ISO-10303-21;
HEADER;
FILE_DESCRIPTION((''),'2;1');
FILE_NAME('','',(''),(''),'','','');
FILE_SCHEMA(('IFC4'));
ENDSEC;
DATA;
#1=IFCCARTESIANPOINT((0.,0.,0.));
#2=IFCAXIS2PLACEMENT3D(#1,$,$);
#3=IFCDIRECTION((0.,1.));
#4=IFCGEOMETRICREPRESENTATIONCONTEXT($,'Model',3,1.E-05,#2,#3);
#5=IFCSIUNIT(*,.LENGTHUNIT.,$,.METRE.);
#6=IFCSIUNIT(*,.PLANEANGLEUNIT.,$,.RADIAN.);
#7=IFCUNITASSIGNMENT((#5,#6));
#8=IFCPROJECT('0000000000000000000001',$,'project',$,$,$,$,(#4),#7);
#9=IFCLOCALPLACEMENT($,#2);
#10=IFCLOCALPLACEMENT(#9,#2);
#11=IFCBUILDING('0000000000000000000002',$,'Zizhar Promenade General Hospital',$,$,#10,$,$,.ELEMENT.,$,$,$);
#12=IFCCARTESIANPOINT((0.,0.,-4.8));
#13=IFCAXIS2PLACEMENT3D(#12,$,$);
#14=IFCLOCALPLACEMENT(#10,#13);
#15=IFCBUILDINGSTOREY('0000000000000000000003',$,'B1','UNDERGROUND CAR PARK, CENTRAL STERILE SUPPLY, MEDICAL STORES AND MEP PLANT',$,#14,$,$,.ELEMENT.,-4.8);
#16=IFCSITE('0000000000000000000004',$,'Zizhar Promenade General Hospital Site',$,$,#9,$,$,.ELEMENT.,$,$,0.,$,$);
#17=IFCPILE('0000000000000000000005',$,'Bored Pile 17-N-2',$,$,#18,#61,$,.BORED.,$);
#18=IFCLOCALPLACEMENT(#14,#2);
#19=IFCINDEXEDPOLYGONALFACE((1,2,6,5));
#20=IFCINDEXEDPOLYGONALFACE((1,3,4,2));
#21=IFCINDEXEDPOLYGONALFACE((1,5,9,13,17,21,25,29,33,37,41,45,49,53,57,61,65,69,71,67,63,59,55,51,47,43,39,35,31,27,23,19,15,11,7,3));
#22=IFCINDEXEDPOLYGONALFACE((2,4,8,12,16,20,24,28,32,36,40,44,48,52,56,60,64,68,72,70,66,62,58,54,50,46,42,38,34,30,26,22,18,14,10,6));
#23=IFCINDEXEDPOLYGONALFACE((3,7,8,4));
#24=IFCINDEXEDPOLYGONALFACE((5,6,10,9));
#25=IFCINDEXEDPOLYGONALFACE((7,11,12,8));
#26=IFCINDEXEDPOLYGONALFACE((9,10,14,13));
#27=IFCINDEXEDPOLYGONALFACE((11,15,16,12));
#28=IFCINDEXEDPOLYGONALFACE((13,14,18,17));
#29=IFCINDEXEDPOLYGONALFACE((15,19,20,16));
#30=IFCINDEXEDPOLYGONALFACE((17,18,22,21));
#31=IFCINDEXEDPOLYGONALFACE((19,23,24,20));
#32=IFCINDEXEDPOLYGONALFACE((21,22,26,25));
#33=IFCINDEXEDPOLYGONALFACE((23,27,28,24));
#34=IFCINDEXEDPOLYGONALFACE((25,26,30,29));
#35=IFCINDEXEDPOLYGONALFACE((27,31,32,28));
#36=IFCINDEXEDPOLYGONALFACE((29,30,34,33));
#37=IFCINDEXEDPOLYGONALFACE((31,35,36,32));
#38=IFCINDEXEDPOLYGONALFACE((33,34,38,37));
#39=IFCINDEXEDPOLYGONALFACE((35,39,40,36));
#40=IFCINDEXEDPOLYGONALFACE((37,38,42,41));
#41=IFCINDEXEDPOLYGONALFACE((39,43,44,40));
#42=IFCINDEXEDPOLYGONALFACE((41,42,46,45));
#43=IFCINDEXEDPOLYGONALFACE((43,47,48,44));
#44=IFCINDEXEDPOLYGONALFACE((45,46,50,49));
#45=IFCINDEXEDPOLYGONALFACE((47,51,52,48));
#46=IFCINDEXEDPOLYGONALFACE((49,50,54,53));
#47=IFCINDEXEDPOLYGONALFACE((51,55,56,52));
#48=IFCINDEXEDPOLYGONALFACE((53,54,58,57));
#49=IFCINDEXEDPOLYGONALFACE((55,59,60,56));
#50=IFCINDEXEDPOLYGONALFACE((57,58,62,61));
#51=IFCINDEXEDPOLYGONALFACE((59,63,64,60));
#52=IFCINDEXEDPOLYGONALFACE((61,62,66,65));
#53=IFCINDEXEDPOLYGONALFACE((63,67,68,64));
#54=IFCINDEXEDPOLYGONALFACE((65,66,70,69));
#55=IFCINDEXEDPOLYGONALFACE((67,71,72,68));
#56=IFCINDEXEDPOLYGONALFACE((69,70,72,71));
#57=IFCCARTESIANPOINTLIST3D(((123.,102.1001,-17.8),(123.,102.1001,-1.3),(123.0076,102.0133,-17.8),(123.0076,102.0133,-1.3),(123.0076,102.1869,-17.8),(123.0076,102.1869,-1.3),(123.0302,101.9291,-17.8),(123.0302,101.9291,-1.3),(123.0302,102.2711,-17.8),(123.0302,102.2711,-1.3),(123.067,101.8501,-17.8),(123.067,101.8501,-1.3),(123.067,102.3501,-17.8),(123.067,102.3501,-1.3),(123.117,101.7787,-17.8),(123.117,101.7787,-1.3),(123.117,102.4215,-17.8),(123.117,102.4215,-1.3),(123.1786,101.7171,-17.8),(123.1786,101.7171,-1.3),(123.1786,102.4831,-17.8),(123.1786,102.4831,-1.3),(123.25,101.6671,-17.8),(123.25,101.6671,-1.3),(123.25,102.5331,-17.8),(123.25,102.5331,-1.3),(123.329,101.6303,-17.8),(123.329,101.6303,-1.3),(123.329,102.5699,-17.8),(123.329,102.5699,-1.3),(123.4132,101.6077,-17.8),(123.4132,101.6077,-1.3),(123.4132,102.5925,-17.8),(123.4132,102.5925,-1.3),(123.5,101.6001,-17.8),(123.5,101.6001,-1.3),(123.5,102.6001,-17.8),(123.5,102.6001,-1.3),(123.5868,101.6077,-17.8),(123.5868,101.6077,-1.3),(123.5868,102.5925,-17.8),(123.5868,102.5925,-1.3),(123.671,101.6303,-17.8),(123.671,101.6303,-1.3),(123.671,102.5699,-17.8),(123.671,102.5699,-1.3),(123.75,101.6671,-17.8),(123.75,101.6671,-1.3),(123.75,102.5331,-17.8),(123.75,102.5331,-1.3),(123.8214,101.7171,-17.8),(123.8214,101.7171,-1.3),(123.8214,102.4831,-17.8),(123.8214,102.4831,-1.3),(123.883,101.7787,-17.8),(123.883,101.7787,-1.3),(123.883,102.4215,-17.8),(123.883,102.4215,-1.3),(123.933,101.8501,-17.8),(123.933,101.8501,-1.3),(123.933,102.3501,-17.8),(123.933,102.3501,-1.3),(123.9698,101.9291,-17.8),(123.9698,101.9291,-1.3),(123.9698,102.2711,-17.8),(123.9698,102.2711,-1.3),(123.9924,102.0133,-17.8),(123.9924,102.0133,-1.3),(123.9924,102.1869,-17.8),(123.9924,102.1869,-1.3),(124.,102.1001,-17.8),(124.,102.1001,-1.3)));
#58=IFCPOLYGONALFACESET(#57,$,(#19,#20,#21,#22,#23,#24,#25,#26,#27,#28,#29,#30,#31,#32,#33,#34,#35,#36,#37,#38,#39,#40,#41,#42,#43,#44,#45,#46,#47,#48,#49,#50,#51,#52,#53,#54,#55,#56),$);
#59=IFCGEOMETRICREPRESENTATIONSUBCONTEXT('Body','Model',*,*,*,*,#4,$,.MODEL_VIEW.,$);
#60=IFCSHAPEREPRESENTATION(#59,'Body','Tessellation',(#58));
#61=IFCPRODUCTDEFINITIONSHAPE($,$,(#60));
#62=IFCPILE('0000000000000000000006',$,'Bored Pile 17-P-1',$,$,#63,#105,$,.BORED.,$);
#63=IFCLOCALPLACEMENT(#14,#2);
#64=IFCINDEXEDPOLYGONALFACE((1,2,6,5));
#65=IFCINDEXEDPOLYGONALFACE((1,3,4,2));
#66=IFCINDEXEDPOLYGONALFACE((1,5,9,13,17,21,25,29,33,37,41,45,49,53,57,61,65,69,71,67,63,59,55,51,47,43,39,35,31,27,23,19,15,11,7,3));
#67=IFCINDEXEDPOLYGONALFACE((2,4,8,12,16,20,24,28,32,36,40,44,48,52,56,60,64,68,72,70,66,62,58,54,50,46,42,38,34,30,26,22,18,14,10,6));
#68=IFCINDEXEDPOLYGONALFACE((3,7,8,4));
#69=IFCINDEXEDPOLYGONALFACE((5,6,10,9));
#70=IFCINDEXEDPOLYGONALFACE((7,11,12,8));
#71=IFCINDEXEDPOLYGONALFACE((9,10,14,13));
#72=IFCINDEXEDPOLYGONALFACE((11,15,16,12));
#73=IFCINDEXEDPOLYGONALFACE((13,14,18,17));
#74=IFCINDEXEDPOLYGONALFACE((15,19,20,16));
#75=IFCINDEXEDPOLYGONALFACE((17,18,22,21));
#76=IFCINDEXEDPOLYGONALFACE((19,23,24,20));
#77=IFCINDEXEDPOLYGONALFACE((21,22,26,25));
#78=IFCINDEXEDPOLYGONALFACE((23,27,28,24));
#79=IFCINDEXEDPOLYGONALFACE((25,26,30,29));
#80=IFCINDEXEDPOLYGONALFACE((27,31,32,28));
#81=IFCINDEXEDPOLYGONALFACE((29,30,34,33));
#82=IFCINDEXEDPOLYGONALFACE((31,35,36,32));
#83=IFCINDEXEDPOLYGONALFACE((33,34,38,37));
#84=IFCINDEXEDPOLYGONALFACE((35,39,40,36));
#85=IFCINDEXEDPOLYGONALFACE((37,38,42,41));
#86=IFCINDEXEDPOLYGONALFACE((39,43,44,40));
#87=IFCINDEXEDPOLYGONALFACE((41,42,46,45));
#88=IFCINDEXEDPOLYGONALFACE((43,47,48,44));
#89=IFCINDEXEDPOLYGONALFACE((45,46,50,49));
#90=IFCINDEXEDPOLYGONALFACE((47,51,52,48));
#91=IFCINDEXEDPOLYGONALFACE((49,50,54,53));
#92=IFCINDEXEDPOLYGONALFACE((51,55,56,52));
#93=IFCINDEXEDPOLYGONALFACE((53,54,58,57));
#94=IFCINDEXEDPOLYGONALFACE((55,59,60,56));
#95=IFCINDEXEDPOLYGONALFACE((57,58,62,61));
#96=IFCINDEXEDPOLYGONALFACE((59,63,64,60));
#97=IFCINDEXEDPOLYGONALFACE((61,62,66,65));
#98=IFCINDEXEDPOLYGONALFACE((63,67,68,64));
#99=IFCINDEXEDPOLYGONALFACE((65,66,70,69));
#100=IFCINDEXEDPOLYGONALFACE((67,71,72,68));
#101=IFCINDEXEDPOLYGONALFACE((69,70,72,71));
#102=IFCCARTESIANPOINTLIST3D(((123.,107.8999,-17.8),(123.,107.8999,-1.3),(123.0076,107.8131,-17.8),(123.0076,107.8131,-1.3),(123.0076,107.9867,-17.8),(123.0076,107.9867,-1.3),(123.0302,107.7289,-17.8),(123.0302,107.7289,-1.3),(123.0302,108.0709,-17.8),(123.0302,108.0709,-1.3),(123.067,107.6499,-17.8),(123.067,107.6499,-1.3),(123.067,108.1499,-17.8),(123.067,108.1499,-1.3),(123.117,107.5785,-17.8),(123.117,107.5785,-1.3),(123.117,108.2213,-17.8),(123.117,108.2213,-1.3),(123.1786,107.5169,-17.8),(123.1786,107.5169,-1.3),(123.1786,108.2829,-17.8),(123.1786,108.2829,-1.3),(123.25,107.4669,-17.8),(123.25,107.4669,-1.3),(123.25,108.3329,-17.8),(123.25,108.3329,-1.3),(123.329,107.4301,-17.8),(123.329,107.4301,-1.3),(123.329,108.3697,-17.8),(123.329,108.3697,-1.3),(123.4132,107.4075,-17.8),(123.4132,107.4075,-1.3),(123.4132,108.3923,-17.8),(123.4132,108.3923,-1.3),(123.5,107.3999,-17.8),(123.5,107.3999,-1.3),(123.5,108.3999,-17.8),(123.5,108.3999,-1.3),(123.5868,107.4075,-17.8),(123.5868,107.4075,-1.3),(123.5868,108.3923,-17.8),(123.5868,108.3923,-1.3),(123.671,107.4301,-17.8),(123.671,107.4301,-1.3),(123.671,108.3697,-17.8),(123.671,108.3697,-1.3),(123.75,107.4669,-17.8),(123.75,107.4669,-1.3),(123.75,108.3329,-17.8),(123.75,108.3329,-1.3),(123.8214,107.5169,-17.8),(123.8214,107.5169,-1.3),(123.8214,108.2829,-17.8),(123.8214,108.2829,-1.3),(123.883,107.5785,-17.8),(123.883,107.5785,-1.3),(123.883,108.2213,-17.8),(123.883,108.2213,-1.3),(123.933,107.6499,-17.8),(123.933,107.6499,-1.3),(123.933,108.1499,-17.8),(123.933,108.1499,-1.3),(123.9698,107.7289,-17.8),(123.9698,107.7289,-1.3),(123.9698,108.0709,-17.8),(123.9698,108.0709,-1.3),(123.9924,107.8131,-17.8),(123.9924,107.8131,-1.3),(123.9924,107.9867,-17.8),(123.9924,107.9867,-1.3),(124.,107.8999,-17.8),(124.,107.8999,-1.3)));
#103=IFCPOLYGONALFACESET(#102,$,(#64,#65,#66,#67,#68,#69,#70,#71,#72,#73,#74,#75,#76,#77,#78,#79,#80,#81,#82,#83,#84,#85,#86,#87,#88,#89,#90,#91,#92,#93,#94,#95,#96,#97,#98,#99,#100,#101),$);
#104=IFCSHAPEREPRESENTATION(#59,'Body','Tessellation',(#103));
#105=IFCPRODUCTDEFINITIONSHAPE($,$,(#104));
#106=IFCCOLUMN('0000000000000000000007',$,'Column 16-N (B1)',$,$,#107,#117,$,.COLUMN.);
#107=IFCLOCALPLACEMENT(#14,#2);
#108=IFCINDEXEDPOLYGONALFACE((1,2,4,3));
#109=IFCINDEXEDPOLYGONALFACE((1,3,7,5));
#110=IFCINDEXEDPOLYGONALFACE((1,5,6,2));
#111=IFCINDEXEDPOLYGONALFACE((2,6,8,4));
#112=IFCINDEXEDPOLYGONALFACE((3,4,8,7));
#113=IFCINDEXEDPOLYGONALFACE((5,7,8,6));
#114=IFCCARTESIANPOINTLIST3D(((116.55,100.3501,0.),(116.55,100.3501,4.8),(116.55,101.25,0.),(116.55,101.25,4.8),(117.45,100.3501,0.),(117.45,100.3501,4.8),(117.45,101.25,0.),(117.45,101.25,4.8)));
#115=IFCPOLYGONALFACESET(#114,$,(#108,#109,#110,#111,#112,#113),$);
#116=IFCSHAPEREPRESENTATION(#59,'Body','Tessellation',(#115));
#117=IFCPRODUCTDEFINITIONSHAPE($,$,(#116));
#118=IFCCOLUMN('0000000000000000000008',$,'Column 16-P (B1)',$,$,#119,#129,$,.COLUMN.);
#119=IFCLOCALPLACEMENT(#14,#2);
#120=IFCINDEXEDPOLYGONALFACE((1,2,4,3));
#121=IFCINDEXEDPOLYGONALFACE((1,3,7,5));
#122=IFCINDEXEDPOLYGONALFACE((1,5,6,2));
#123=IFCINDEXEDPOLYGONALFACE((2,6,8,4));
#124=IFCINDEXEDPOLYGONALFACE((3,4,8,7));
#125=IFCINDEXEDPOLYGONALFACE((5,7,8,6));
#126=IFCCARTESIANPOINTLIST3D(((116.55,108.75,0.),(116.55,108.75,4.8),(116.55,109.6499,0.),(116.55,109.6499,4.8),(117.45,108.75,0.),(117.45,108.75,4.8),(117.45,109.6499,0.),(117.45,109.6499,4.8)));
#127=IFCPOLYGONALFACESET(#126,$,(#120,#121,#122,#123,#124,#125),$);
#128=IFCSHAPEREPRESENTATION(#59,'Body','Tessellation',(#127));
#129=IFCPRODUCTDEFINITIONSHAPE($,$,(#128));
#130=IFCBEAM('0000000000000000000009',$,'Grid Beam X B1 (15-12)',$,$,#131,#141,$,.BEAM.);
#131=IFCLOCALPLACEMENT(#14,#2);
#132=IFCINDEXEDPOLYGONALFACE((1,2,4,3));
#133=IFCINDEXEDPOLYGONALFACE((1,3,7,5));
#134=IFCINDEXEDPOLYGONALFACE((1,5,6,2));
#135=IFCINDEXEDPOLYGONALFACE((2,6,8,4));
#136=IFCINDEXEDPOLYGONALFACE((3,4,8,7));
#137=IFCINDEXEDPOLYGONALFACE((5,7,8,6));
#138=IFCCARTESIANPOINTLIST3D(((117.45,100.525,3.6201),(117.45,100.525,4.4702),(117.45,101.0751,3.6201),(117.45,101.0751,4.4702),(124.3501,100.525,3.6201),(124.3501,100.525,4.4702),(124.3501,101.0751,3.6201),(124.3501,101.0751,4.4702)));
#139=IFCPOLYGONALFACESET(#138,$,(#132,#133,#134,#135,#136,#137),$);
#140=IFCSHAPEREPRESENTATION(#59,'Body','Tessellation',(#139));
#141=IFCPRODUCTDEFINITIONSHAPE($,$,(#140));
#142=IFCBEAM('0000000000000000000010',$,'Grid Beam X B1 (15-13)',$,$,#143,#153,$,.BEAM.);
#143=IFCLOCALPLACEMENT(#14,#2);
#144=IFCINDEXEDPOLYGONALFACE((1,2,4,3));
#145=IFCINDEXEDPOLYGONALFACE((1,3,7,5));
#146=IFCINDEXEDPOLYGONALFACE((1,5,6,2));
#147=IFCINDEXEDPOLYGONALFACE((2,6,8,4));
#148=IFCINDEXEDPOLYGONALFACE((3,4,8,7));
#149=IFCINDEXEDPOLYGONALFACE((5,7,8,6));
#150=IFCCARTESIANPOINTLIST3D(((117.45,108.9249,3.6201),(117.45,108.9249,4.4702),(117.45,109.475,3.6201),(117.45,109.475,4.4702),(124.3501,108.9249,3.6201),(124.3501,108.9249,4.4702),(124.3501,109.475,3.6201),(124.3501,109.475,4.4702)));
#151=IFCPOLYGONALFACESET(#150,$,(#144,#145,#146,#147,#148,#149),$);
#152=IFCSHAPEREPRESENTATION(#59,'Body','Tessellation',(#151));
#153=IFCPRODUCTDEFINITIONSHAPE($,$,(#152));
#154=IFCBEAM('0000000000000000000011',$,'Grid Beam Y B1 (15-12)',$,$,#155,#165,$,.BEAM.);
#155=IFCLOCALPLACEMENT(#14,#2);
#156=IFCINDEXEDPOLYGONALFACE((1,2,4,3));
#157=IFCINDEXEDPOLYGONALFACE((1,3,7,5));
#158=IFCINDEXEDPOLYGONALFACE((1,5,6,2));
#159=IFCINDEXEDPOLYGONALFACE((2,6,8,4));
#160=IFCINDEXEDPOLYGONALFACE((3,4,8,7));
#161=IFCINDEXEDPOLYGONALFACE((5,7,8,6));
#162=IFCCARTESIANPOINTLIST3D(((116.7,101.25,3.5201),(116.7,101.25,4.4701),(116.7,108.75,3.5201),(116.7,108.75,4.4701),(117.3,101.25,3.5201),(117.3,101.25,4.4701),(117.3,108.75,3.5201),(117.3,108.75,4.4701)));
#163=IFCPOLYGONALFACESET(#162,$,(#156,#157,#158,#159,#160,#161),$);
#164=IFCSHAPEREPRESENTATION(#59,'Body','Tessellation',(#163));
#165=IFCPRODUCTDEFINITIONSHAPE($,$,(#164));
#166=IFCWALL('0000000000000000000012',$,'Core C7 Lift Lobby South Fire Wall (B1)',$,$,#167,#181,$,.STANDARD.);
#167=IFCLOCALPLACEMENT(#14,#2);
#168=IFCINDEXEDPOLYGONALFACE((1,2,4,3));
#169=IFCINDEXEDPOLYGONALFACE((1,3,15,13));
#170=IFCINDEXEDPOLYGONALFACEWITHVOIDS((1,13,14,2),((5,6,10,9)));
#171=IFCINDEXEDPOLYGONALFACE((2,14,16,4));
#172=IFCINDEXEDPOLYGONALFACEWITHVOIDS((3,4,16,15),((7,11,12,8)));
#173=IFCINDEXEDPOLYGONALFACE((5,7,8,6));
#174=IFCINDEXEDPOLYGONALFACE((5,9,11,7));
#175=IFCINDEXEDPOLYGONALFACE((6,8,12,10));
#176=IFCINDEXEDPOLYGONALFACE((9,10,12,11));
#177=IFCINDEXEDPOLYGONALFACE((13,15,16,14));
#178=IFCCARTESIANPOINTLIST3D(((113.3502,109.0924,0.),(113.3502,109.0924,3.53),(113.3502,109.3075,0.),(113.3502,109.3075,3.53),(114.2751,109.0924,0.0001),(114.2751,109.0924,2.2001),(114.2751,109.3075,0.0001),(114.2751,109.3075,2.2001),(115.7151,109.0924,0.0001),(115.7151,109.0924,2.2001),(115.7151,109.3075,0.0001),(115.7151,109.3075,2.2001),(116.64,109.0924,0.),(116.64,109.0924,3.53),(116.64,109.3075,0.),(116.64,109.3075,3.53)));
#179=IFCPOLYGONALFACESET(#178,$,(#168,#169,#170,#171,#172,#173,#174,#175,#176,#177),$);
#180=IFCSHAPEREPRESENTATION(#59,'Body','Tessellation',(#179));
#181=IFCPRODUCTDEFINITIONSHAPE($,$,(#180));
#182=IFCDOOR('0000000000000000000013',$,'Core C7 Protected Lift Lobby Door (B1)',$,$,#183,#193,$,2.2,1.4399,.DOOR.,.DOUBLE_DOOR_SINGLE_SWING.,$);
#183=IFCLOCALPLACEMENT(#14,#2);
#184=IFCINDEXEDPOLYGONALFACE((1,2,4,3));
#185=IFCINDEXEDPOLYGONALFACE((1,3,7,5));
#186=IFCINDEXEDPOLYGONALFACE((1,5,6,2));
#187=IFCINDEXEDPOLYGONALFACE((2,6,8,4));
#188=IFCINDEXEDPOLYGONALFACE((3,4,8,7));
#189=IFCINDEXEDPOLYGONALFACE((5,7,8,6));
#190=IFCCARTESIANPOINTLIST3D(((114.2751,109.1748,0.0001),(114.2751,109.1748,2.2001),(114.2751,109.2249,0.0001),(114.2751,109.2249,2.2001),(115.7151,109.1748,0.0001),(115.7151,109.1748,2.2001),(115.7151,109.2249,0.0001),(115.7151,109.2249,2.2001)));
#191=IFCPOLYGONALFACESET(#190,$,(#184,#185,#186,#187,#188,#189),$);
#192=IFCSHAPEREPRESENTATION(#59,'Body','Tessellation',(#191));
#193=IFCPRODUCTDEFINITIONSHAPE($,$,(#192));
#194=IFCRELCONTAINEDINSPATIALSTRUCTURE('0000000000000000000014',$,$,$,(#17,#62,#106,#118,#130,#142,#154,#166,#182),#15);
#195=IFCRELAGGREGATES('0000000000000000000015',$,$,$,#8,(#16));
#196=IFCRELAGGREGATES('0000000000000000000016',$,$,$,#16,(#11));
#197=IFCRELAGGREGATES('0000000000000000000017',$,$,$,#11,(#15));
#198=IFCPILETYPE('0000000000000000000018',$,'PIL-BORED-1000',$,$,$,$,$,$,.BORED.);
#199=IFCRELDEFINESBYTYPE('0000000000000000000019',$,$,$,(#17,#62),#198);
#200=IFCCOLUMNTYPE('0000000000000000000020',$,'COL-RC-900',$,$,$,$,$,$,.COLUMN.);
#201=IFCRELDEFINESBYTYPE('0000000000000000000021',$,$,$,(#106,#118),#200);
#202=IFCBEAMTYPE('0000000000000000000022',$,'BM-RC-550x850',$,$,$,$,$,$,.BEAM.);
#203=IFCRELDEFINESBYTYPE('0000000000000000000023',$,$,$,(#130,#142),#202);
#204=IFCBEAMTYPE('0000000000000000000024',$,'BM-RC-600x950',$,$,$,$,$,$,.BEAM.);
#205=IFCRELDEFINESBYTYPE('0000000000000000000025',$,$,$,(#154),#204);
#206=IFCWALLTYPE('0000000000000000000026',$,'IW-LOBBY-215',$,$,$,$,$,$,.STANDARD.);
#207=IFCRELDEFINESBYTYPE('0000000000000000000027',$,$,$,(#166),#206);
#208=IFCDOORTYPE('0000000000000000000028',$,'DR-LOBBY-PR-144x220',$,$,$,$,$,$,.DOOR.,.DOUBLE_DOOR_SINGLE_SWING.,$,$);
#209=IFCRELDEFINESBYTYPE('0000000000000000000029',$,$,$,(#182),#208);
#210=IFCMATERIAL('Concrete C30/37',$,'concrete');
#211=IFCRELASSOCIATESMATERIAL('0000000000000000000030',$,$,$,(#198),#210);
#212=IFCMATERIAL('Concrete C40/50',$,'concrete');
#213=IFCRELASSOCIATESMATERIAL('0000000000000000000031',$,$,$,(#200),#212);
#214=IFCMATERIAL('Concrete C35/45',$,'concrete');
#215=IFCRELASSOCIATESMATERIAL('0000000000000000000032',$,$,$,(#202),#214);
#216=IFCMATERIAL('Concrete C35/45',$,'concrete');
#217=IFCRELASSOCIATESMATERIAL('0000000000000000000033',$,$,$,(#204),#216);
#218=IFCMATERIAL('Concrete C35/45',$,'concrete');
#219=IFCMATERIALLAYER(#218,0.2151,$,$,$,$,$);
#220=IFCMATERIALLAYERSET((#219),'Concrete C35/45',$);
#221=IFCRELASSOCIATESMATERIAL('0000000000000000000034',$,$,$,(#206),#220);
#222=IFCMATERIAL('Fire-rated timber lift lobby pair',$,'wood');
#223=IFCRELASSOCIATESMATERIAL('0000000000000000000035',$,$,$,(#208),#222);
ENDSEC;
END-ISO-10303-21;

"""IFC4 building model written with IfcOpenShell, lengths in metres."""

from ifc_helpers import new_model, si_unit, direction, frame, frame_2d, origin, origin_2d, place, context, subcontext, project, spatial, rectangle, circle, extrude, material, layer, layer_set, material_profile, profile_set, type_object, element, fill, save


model = new_model("IFC4")

# Units and contexts
model_context = context("Model", 3, precision=1e-05, world=origin(), true_north=direction((0.0, 1.0)))
body_context = subcontext(model_context, "Body", "Model", "MODEL_VIEW")
ifc_project = project(units=[si_unit("LENGTHUNIT", "METRE"), si_unit("PLANEANGLEUNIT", "RADIAN")], contexts=[model_context])

# Site, building, storey
site_placement = place(None, origin())
site = spatial("IfcSite", under=ifc_project, at=site_placement, Name="Zizhar Promenade General Hospital Site", CompositionType="ELEMENT", RefElevation=0.0)
building_placement = place(site_placement, origin())
building = spatial("IfcBuilding", under=site, at=building_placement, Name="Zizhar Promenade General Hospital", CompositionType="ELEMENT")
storey_placement = place(building_placement, frame((0.0, 0.0, -4.8)))
storey = spatial("IfcBuildingStorey", under=building, at=storey_placement, Name="B1", Description="UNDERGROUND CAR PARK, CENTRAL STERILE SUPPLY, MEDICAL STORES AND MEP PLANT", CompositionType="ELEMENT", Elevation=-4.8)

# Piles
ifc_material_1 = material(Name="Concrete C30/37", Category="concrete")
ifc_material_profile_1 = material_profile(ifc_material_1, circle(Radius=0.5, at=origin_2d()))
ifc_profile_set_1 = profile_set([ifc_material_profile_1], Name="Concrete C30/37")
pile_type = type_object("IfcPileType", Name="PIL-BORED-1000", PredefinedType="BORED", material=ifc_profile_set_1)
for number, where, z_axis, x_axis, name in (
    (1, (123.5, 102.1001, -1.3), (0.0, 0.0, -1.0), (1.0, 0.0, 0.0), "Bored Pile 17-N-2"),
    (2, (123.5, 107.8999, -1.3), (0.0, 0.0, -1.0), (1.0, 0.0, 0.0), "Bored Pile 17-P-1"),
):
    element("IfcPile", number, at=place(storey_placement, frame(where, z_axis=z_axis, x_axis=x_axis)), inside=storey, type_object=pile_type, Name=name, PredefinedType="BORED", context=body_context, shape_type="SweptSolid", body=[
        extrude(circle(Radius=0.5, at=origin_2d()), origin(), (0.0, 0.0, 1.0), 16.5),
    ])

# Columns
ifc_material_2 = material(Name="Concrete C40/50", Category="concrete")
ifc_material_profile_2 = material_profile(ifc_material_2, rectangle(XDim=0.8999, YDim=0.8999, at=origin_2d()))
ifc_profile_set_2 = profile_set([ifc_material_profile_2], Name="Concrete C40/50")
column_type = type_object("IfcColumnType", Name="COL-RC-900", PredefinedType="COLUMN", material=ifc_profile_set_2)
for number, where, z_axis, x_axis, name in (
    (3, (117.0, 100.8, 0.0), (0.0, 0.0, 1.0), (1.0, 0.0, 0.0), "Column 16-N (B1)"),
    (4, (117.0, 109.2, 0.0), (0.0, 0.0, 1.0), (1.0, 0.0, 0.0), "Column 16-P (B1)"),
):
    element("IfcColumn", number, at=place(storey_placement, frame(where, z_axis=z_axis, x_axis=x_axis)), inside=storey, type_object=column_type, Name=name, PredefinedType="COLUMN", context=body_context, shape_type="SweptSolid", body=[
        extrude(rectangle(XDim=0.8999, YDim=0.8999, at=origin_2d()), origin(), (0.0, 0.0, 1.0), 4.8),
    ])

# Beams
ifc_material_3 = material(Name="Concrete C35/45", Category="concrete")
ifc_material_profile_3 = material_profile(ifc_material_3, rectangle(XDim=0.55, YDim=0.8501, at=origin_2d()))
ifc_profile_set_3 = profile_set([ifc_material_profile_3], Name="Concrete C35/45")
beam_type_1 = type_object("IfcBeamType", Name="BM-RC-550x850", PredefinedType="BEAM", material=ifc_profile_set_3)
for number, where, z_axis, x_axis, name in (
    (5, (117.45, 100.8, 4.0452), (1.0, 0.0, 0.0), (0.0, 1.0, 0.0), "Grid Beam X B1 (15-12)"),
    (6, (117.45, 109.2, 4.0452), (1.0, 0.0, 0.0), (0.0, 1.0, 0.0), "Grid Beam X B1 (15-13)"),
):
    element("IfcBeam", number, at=place(storey_placement, frame(where, z_axis=z_axis, x_axis=x_axis)), inside=storey, type_object=beam_type_1, Name=name, PredefinedType="BEAM", context=body_context, shape_type="SweptSolid", body=[
        extrude(rectangle(XDim=0.55, YDim=0.8501, at=origin_2d()), origin(), (0.0, 0.0, 1.0), 6.9001),
    ])
ifc_material_4 = material(Name="Concrete C35/45", Category="concrete")
ifc_material_profile_4 = material_profile(ifc_material_4, rectangle(XDim=0.6001, YDim=0.95, at=origin_2d()))
ifc_profile_set_4 = profile_set([ifc_material_profile_4], Name="Concrete C35/45")
beam_type_2 = type_object("IfcBeamType", Name="BM-RC-600x950", PredefinedType="BEAM", material=ifc_profile_set_4)
beam_placement = place(storey_placement, frame((117.0, 101.25, 3.9951), z_axis=(0.0, 1.0, 0.0), x_axis=(-1.0, 0.0, 0.0)))
element("IfcBeam", 7, at=beam_placement, inside=storey, type_object=beam_type_2, Name="Grid Beam Y B1 (15-12)", PredefinedType="BEAM", context=body_context, shape_type="SweptSolid", body=[
    extrude(rectangle(XDim=0.6001, YDim=0.95, at=origin_2d()), origin(), (0.0, 0.0, 1.0), 7.5),
])

# Wall, opening, door
ifc_material_5 = material(Name="Concrete C35/45", Category="concrete")
ifc_layer_1 = layer(ifc_material_5, 0.2151)
ifc_layer_set_1 = layer_set([ifc_layer_1], Name="Concrete C35/45")
wall_type_1 = type_object("IfcWallType", Name="IW-LOBBY-215", PredefinedType="STANDARD", material=ifc_layer_set_1)
wall_1_placement = place(storey_placement, frame((113.3501, 109.2, 0.0), z_axis=(0.0, 0.0, 1.0), x_axis=(1.0, 0.0, 0.0)))
wall_1 = element("IfcWall", 8, at=wall_1_placement, inside=storey, type_object=wall_type_1, Name="Core C7 Lift Lobby South Fire Wall (B1)", PredefinedType="STANDARD", context=body_context, shape_type="SweptSolid", body=[
    extrude(rectangle(XDim=3.2898, YDim=0.2151, at=frame_2d((1.645, 0.0))), origin(), (0.0, 0.0, 1.0), 3.53),
])
opening_placement = place(wall_1_placement, frame((0.925, 0.0, 0.0)))
opening = element("IfcOpeningElement", 9, at=opening_placement, cuts=wall_1, PredefinedType="OPENING", context=body_context, shape_type="SweptSolid", body=[
    extrude(rectangle(XDim=1.4399, YDim=2.2, at=frame_2d((0.72, 1.1001))), frame((0.0, 0.1177, 0.0), z_axis=(0.0, -1.0, 0.0), x_axis=(1.0, 0.0, 0.0)), (0.0, 0.0, 1.0), 0.2351),
])
ifc_material_6 = material(Name="Fire-rated timber lift lobby pair", Category="wood")
door_type = type_object("IfcDoorType", Name="DR-LOBBY-PR-144x220", OperationType="DOUBLE_DOOR_SINGLE_SWING", PredefinedType="DOOR", material=ifc_material_6)
door_placement = place(opening_placement, origin())
door = element("IfcDoor", 10, at=door_placement, inside=storey, type_object=door_type, Name="Core C7 Protected Lift Lobby Door (B1)", OperationType="DOUBLE_DOOR_SINGLE_SWING", OverallHeight=2.2, OverallWidth=1.4399, PredefinedType="DOOR", context=body_context, shape_type="SweptSolid", body=[
    extrude(rectangle(XDim=1.4399, YDim=2.2, at=frame_2d((0.72, 1.1001))), frame((0.0, 0.0249, 0.0), z_axis=(0.0, -1.0, 0.0), x_axis=(1.0, 0.0, 0.0)), (0.0, 0.0, 1.0), 0.05),
])
fill(opening, door)

save(model, "model.ifc")
